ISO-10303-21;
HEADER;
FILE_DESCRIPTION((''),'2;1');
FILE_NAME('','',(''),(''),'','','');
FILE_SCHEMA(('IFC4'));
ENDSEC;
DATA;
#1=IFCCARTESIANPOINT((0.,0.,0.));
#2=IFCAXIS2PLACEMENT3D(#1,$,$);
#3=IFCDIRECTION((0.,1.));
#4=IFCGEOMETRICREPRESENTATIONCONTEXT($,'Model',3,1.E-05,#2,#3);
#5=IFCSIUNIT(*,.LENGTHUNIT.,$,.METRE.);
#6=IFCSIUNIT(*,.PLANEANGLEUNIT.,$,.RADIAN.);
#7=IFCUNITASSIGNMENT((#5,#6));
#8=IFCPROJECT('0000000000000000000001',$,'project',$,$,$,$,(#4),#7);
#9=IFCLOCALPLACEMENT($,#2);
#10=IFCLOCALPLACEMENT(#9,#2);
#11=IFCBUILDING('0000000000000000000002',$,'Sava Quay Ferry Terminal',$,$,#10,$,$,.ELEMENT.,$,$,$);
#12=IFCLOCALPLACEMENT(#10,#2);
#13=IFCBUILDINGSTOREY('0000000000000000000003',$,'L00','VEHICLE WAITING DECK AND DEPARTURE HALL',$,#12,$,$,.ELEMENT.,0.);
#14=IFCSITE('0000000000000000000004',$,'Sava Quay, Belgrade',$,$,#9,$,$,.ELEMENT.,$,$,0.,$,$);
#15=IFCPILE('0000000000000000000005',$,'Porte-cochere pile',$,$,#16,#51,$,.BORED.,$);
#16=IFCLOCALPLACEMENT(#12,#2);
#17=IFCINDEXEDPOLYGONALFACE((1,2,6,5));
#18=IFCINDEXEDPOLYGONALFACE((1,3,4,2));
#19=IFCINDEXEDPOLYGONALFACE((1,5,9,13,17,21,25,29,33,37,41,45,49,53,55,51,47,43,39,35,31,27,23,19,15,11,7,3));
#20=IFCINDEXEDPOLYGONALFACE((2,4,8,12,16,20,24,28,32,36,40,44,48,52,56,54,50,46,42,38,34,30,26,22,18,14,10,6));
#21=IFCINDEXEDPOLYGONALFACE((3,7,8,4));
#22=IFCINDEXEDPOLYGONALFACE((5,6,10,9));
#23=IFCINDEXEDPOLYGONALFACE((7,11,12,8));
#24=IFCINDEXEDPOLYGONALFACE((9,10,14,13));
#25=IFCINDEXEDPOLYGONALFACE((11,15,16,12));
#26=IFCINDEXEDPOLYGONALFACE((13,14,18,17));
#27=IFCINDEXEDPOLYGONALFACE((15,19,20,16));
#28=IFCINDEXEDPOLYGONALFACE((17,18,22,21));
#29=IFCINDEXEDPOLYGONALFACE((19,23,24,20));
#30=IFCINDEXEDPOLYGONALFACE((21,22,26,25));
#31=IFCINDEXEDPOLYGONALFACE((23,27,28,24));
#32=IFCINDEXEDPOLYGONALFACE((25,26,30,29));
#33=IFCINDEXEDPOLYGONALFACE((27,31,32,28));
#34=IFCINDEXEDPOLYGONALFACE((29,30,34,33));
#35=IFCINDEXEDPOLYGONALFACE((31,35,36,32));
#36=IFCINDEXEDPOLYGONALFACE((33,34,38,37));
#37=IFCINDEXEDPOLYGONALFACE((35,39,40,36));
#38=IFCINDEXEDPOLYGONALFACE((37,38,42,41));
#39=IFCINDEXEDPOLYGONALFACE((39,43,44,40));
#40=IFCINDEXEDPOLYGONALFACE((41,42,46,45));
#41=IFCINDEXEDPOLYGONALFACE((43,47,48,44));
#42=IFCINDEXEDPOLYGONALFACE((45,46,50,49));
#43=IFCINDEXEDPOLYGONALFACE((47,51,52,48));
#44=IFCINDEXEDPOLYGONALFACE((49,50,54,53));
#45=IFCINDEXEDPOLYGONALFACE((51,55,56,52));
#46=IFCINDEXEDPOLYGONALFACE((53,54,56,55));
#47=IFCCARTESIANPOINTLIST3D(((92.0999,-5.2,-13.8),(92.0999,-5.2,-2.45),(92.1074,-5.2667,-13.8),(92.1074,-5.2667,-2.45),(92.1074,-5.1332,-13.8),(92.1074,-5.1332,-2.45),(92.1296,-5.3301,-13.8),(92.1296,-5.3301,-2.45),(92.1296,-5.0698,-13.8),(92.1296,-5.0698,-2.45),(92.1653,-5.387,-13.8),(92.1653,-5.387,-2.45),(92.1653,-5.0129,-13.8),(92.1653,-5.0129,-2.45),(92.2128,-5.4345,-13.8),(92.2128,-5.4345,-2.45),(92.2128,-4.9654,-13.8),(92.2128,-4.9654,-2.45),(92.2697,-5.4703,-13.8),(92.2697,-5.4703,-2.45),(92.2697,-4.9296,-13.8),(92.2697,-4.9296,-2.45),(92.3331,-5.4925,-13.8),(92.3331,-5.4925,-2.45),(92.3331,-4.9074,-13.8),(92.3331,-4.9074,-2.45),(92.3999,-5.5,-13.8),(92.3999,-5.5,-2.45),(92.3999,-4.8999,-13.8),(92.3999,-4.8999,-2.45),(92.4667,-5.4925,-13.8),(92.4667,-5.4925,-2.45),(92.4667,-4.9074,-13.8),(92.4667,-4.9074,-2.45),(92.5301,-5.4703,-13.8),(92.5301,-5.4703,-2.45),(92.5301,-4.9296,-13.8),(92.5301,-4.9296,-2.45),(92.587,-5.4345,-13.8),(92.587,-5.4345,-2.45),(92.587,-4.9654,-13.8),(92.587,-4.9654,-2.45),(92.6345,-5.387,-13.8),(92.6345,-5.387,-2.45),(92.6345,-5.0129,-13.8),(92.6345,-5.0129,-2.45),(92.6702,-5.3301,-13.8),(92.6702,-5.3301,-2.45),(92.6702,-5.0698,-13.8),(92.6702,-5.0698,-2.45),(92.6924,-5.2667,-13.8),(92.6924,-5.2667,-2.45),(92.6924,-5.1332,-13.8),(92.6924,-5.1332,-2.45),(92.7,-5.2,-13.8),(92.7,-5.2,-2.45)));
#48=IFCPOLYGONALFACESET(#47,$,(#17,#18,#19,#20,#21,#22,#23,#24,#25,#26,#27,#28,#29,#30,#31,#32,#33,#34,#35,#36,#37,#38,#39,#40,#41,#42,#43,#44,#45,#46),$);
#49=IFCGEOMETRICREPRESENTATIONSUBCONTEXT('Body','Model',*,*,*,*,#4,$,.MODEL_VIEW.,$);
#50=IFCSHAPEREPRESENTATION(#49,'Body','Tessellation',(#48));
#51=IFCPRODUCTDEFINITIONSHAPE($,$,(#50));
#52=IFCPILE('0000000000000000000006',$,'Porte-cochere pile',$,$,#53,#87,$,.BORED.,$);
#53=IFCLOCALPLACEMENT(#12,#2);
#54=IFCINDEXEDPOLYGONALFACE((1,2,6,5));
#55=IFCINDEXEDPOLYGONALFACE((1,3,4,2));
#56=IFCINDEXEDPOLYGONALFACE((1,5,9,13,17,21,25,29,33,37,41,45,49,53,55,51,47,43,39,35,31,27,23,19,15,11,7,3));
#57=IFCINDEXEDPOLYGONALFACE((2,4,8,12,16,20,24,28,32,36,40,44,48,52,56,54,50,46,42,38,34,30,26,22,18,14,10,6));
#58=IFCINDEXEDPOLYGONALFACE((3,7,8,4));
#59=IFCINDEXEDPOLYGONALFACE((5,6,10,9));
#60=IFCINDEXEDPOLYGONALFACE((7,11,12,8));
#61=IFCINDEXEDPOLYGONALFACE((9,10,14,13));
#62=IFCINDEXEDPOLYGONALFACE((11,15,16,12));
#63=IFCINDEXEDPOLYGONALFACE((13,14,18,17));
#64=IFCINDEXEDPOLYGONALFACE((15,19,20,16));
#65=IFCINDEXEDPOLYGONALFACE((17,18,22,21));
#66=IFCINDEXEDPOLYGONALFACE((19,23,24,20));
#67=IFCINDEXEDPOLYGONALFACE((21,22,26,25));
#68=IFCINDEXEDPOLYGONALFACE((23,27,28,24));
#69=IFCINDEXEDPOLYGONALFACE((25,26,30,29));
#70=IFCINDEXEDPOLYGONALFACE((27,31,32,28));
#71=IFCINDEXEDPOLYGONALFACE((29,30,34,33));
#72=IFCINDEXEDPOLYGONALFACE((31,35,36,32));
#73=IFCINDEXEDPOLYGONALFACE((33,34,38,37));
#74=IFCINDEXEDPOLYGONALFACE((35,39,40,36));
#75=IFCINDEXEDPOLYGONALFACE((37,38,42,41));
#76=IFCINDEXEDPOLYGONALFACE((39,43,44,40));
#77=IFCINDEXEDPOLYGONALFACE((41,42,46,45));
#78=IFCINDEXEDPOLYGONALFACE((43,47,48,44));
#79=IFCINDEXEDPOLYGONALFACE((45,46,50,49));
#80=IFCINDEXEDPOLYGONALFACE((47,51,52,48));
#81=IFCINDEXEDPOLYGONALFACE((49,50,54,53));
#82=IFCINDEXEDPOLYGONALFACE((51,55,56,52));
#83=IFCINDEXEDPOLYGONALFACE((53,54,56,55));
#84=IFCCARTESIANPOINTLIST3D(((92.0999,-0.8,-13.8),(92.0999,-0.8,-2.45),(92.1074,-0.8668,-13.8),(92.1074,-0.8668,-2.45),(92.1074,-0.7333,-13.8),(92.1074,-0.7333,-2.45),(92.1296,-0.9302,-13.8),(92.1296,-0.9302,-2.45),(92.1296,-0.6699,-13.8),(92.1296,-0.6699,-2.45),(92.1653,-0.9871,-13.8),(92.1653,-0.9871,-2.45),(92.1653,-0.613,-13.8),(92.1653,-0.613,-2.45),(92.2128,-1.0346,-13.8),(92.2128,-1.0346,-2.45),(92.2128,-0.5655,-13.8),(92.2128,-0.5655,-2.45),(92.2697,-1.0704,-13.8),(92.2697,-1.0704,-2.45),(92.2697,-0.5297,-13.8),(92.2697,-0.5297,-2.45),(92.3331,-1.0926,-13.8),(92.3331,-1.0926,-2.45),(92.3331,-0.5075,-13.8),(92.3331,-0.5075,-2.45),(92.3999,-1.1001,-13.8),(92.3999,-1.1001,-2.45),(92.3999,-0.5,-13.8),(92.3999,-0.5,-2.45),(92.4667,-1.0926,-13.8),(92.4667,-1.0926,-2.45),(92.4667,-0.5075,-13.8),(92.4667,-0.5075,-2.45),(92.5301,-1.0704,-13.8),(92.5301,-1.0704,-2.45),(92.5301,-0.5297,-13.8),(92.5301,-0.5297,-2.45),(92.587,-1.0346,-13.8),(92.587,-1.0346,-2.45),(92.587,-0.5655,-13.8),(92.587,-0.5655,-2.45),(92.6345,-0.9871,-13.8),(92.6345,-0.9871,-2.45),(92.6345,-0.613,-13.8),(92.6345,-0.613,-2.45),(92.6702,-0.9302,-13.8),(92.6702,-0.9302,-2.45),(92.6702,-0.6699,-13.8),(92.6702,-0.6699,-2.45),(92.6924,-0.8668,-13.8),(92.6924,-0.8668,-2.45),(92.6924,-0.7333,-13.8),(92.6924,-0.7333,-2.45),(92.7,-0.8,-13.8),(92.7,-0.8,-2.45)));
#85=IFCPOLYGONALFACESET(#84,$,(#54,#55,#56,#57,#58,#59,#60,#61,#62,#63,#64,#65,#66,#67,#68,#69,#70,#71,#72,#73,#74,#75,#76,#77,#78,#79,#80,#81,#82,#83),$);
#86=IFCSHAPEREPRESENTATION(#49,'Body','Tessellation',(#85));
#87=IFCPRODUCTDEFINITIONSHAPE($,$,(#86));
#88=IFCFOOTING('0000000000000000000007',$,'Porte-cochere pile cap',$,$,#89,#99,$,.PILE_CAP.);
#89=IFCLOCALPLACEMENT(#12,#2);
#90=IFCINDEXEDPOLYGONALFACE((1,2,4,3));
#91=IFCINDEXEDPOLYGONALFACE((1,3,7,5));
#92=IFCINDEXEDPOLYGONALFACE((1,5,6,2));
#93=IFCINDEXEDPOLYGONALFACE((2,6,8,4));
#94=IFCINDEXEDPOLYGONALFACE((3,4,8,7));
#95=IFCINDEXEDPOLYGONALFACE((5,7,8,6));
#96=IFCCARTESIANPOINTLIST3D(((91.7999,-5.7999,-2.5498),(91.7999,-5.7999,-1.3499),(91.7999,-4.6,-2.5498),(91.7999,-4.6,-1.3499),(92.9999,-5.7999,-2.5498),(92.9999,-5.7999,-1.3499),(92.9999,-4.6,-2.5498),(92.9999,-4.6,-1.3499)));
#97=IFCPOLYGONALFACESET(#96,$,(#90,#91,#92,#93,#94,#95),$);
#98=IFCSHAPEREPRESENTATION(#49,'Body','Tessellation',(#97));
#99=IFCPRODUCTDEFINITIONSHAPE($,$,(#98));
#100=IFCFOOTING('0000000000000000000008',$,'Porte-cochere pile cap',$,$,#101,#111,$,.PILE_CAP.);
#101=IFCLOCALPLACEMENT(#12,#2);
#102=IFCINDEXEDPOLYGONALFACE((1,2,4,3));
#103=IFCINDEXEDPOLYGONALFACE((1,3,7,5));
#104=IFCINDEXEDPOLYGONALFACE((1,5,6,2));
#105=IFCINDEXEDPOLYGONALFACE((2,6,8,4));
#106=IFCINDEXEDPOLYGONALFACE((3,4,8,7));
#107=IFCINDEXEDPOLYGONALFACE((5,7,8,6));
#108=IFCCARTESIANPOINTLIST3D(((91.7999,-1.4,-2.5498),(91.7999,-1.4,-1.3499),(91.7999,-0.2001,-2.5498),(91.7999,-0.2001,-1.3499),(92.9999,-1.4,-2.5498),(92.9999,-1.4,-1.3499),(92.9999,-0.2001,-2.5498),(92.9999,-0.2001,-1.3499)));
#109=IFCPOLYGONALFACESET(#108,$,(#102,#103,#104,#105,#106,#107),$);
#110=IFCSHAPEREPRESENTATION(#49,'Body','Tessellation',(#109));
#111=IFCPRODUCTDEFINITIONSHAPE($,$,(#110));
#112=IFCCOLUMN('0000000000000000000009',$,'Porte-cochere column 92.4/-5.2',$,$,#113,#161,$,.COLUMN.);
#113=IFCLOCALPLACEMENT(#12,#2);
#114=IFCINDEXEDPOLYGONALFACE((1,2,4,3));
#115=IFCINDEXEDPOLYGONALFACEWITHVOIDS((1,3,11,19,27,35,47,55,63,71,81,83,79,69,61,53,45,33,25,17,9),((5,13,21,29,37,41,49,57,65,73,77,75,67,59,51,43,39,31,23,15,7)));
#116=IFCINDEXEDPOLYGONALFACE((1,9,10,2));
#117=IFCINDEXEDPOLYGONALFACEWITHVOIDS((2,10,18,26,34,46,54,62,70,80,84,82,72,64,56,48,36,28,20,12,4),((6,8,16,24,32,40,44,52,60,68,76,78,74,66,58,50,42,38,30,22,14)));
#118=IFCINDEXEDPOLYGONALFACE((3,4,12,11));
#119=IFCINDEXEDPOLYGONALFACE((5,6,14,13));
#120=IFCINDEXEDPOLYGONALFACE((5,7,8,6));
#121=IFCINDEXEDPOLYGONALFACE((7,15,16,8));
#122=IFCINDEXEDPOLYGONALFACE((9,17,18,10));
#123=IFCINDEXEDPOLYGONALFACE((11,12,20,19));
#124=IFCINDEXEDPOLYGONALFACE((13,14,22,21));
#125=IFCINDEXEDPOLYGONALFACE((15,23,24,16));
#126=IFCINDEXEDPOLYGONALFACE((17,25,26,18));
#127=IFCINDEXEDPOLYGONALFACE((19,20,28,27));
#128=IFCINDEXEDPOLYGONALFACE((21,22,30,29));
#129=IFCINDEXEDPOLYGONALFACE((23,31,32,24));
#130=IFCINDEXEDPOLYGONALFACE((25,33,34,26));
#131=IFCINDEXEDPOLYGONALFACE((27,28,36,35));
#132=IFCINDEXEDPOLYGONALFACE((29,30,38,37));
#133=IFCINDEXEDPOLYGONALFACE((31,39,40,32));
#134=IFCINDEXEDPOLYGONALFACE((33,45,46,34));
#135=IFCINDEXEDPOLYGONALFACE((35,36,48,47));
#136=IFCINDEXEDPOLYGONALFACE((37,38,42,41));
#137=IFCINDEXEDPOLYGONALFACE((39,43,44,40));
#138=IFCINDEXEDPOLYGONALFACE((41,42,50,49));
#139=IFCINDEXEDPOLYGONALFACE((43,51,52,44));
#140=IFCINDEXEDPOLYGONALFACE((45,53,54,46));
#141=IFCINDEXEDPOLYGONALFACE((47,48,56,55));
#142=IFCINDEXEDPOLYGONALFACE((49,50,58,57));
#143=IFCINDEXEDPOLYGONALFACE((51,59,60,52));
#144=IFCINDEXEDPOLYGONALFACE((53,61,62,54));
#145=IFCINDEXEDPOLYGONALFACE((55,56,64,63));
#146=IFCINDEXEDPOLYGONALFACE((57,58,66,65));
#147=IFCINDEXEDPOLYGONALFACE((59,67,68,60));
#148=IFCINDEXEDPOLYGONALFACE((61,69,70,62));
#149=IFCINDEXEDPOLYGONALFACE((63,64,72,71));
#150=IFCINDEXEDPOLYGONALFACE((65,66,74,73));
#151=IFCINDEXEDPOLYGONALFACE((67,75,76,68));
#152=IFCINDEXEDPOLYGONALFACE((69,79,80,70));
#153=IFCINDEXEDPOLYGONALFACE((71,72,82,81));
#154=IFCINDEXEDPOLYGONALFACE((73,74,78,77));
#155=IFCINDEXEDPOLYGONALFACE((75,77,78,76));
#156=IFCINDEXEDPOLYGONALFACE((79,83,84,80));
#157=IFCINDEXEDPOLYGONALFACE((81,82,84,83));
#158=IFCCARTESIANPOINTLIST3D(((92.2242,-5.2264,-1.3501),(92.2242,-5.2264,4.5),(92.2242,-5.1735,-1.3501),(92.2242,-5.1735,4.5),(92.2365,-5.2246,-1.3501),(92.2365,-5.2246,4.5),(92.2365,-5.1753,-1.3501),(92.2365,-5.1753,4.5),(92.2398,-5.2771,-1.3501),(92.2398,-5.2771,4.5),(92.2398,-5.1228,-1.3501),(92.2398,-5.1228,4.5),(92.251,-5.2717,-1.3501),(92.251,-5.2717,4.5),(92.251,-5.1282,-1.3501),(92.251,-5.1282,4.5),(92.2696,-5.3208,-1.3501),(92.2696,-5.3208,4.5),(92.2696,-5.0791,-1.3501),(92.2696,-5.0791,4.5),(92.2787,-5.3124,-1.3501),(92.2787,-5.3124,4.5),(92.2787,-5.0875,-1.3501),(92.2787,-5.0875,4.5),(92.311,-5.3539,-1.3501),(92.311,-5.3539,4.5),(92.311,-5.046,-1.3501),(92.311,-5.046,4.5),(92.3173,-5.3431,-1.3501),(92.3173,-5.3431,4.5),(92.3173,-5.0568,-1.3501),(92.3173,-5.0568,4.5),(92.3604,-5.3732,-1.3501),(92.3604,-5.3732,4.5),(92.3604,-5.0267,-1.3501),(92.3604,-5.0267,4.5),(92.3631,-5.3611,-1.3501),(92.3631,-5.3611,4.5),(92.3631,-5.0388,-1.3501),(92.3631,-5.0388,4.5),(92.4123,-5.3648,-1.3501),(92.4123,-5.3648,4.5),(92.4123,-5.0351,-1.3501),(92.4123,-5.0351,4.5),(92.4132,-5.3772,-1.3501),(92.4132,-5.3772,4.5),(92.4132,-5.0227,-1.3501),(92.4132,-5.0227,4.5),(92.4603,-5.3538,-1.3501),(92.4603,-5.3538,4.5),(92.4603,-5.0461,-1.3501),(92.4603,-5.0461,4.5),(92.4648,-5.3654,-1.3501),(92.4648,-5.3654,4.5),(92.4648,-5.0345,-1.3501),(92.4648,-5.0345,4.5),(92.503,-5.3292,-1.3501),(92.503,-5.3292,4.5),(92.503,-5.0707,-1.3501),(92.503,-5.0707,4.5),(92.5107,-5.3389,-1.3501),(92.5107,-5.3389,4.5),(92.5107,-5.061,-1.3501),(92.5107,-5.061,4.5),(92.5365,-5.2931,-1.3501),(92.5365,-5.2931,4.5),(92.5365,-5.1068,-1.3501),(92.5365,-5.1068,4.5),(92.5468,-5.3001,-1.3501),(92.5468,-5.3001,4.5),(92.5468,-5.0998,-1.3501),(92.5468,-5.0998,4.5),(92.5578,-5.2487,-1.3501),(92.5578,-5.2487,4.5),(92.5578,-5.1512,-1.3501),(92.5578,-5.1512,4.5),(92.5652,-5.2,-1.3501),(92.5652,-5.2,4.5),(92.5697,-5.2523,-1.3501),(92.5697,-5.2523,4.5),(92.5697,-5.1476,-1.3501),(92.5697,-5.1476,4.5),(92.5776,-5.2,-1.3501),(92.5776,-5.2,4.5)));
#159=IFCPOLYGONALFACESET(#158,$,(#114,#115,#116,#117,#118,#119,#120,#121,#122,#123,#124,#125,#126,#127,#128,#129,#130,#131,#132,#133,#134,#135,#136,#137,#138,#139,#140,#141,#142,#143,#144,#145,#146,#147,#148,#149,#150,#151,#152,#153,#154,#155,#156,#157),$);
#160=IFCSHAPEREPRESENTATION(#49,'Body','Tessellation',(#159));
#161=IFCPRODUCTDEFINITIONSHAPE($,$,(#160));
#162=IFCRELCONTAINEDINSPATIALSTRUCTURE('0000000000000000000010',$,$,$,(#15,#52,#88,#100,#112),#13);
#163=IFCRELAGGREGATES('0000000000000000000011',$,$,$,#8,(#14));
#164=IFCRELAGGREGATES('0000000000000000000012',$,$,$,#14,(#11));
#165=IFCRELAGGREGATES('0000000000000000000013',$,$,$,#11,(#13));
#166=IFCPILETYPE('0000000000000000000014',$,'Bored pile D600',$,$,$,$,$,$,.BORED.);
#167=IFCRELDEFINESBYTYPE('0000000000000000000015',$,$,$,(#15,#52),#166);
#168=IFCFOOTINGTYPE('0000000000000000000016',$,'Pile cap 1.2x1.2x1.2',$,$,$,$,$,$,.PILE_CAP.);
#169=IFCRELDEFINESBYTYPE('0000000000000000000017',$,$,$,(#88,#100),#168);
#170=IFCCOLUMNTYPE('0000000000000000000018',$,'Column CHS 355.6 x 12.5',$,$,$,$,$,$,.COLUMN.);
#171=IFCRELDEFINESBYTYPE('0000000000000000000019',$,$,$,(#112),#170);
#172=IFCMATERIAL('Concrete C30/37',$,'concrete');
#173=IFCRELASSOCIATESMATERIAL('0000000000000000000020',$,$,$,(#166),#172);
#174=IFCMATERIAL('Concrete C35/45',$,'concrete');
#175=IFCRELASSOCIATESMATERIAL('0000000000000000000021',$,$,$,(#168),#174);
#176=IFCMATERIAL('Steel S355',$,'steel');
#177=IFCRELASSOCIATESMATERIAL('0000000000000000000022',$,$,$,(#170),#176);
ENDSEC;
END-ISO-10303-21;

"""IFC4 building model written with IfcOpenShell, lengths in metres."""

from ifc_helpers import new_model, si_unit, direction, frame, origin, origin_2d, place, context, subcontext, project, spatial, rectangle, circle, hollow_circle, extrude, material, material_profile, profile_set, type_object, element, save


model = new_model("IFC4")

# Units and contexts
model_context = context("Model", 3, precision=1e-05, world=origin(), true_north=direction((0.0, 1.0)))
body_context = subcontext(model_context, "Body", "Model", "MODEL_VIEW")
ifc_project = project(units=[si_unit("LENGTHUNIT", "METRE"), si_unit("PLANEANGLEUNIT", "RADIAN")], contexts=[model_context])

# Site, building, storey
site_placement = place(None, origin())
site = spatial("IfcSite", under=ifc_project, at=site_placement, Name="Sava Quay, Belgrade", CompositionType="ELEMENT", RefElevation=0.0)
building_placement = place(site_placement, origin())
building = spatial("IfcBuilding", under=site, at=building_placement, Name="Sava Quay Ferry Terminal", CompositionType="ELEMENT")
storey_placement = place(building_placement, origin())
storey = spatial("IfcBuildingStorey", under=building, at=storey_placement, Name="L00", Description="VEHICLE WAITING DECK AND DEPARTURE HALL", CompositionType="ELEMENT", Elevation=0.0)

# Piles
ifc_material_1 = material(Name="Concrete C30/37", Category="concrete")
ifc_material_profile_1 = material_profile(ifc_material_1, circle(Radius=0.3, at=origin_2d()), Name="Bored pile D600")
ifc_profile_set_1 = profile_set([ifc_material_profile_1], Name="Concrete C30/37")
pile_type = type_object("IfcPileType", Name="Bored pile D600", PredefinedType="BORED", material=ifc_profile_set_1)
for number, where, z_axis, x_axis, name in (
    (1, (92.3999, -5.2, -2.45), (0.0, 0.0, -1.0), (1.0, 0.0, 0.0), "Porte-cochere pile"),
    (2, (92.3999, -0.8, -2.45), (0.0, 0.0, -1.0), (1.0, 0.0, 0.0), "Porte-cochere pile"),
):
    element("IfcPile", number, at=place(storey_placement, frame(where, z_axis=z_axis, x_axis=x_axis)), inside=storey, type_object=pile_type, Name=name, PredefinedType="BORED", context=body_context, shape_type="SweptSolid", body=[
        extrude(circle(Radius=0.3, at=origin_2d()), origin(), (0.0, 0.0, 1.0), 11.3501),
    ])

# Footings
ifc_material_2 = material(Name="Concrete C35/45", Category="concrete")
footing_type = type_object("IfcFootingType", Name="Pile cap 1.2x1.2x1.2", PredefinedType="PILE_CAP", material=ifc_material_2)
for number, where, z_axis, x_axis, name in (
    (3, (92.3999, -5.2, -2.5498), (0.0, 0.0, 1.0), (1.0, 0.0, 0.0), "Porte-cochere pile cap"),
    (4, (92.3999, -0.8, -2.5498), (0.0, 0.0, 1.0), (1.0, 0.0, 0.0), "Porte-cochere pile cap"),
):
    element("IfcFooting", number, at=place(storey_placement, frame(where, z_axis=z_axis, x_axis=x_axis)), inside=storey, type_object=footing_type, Name=name, PredefinedType="PILE_CAP", context=body_context, shape_type="SweptSolid", body=[
        extrude(rectangle(XDim=1.2, YDim=1.2, at=origin_2d()), origin(), (0.0, 0.0, 1.0), 1.2),
    ])

# Column
ifc_material_3 = material(Name="Steel S355", Category="steel")
ifc_material_profile_2 = material_profile(ifc_material_3, hollow_circle(Radius=0.1777, WallThickness=0.0125, at=origin_2d()), Name="CHS 355.6 x 12.5")
ifc_profile_set_2 = profile_set([ifc_material_profile_2], Name="Steel S355")
column_type = type_object("IfcColumnType", Name="Column CHS 355.6 x 12.5", PredefinedType="COLUMN", material=ifc_profile_set_2)
for number, where, z_axis, x_axis, name in (
    (5, (92.3999, -5.2, -1.3501), (0.0, 0.0, 1.0), (1.0, 0.0, 0.0), "Porte-cochere column 92.4/-5.2"),
):
    element("IfcColumn", number, at=place(storey_placement, frame(where, z_axis=z_axis, x_axis=x_axis)), inside=storey, type_object=column_type, Name=name, PredefinedType="COLUMN", context=body_context, shape_type="SweptSolid", body=[
        extrude(hollow_circle(Radius=0.1777, WallThickness=0.0125, at=origin_2d()), origin(), (0.0, 0.0, 1.0), 5.8501),
    ])

save(model, "model.ifc")
